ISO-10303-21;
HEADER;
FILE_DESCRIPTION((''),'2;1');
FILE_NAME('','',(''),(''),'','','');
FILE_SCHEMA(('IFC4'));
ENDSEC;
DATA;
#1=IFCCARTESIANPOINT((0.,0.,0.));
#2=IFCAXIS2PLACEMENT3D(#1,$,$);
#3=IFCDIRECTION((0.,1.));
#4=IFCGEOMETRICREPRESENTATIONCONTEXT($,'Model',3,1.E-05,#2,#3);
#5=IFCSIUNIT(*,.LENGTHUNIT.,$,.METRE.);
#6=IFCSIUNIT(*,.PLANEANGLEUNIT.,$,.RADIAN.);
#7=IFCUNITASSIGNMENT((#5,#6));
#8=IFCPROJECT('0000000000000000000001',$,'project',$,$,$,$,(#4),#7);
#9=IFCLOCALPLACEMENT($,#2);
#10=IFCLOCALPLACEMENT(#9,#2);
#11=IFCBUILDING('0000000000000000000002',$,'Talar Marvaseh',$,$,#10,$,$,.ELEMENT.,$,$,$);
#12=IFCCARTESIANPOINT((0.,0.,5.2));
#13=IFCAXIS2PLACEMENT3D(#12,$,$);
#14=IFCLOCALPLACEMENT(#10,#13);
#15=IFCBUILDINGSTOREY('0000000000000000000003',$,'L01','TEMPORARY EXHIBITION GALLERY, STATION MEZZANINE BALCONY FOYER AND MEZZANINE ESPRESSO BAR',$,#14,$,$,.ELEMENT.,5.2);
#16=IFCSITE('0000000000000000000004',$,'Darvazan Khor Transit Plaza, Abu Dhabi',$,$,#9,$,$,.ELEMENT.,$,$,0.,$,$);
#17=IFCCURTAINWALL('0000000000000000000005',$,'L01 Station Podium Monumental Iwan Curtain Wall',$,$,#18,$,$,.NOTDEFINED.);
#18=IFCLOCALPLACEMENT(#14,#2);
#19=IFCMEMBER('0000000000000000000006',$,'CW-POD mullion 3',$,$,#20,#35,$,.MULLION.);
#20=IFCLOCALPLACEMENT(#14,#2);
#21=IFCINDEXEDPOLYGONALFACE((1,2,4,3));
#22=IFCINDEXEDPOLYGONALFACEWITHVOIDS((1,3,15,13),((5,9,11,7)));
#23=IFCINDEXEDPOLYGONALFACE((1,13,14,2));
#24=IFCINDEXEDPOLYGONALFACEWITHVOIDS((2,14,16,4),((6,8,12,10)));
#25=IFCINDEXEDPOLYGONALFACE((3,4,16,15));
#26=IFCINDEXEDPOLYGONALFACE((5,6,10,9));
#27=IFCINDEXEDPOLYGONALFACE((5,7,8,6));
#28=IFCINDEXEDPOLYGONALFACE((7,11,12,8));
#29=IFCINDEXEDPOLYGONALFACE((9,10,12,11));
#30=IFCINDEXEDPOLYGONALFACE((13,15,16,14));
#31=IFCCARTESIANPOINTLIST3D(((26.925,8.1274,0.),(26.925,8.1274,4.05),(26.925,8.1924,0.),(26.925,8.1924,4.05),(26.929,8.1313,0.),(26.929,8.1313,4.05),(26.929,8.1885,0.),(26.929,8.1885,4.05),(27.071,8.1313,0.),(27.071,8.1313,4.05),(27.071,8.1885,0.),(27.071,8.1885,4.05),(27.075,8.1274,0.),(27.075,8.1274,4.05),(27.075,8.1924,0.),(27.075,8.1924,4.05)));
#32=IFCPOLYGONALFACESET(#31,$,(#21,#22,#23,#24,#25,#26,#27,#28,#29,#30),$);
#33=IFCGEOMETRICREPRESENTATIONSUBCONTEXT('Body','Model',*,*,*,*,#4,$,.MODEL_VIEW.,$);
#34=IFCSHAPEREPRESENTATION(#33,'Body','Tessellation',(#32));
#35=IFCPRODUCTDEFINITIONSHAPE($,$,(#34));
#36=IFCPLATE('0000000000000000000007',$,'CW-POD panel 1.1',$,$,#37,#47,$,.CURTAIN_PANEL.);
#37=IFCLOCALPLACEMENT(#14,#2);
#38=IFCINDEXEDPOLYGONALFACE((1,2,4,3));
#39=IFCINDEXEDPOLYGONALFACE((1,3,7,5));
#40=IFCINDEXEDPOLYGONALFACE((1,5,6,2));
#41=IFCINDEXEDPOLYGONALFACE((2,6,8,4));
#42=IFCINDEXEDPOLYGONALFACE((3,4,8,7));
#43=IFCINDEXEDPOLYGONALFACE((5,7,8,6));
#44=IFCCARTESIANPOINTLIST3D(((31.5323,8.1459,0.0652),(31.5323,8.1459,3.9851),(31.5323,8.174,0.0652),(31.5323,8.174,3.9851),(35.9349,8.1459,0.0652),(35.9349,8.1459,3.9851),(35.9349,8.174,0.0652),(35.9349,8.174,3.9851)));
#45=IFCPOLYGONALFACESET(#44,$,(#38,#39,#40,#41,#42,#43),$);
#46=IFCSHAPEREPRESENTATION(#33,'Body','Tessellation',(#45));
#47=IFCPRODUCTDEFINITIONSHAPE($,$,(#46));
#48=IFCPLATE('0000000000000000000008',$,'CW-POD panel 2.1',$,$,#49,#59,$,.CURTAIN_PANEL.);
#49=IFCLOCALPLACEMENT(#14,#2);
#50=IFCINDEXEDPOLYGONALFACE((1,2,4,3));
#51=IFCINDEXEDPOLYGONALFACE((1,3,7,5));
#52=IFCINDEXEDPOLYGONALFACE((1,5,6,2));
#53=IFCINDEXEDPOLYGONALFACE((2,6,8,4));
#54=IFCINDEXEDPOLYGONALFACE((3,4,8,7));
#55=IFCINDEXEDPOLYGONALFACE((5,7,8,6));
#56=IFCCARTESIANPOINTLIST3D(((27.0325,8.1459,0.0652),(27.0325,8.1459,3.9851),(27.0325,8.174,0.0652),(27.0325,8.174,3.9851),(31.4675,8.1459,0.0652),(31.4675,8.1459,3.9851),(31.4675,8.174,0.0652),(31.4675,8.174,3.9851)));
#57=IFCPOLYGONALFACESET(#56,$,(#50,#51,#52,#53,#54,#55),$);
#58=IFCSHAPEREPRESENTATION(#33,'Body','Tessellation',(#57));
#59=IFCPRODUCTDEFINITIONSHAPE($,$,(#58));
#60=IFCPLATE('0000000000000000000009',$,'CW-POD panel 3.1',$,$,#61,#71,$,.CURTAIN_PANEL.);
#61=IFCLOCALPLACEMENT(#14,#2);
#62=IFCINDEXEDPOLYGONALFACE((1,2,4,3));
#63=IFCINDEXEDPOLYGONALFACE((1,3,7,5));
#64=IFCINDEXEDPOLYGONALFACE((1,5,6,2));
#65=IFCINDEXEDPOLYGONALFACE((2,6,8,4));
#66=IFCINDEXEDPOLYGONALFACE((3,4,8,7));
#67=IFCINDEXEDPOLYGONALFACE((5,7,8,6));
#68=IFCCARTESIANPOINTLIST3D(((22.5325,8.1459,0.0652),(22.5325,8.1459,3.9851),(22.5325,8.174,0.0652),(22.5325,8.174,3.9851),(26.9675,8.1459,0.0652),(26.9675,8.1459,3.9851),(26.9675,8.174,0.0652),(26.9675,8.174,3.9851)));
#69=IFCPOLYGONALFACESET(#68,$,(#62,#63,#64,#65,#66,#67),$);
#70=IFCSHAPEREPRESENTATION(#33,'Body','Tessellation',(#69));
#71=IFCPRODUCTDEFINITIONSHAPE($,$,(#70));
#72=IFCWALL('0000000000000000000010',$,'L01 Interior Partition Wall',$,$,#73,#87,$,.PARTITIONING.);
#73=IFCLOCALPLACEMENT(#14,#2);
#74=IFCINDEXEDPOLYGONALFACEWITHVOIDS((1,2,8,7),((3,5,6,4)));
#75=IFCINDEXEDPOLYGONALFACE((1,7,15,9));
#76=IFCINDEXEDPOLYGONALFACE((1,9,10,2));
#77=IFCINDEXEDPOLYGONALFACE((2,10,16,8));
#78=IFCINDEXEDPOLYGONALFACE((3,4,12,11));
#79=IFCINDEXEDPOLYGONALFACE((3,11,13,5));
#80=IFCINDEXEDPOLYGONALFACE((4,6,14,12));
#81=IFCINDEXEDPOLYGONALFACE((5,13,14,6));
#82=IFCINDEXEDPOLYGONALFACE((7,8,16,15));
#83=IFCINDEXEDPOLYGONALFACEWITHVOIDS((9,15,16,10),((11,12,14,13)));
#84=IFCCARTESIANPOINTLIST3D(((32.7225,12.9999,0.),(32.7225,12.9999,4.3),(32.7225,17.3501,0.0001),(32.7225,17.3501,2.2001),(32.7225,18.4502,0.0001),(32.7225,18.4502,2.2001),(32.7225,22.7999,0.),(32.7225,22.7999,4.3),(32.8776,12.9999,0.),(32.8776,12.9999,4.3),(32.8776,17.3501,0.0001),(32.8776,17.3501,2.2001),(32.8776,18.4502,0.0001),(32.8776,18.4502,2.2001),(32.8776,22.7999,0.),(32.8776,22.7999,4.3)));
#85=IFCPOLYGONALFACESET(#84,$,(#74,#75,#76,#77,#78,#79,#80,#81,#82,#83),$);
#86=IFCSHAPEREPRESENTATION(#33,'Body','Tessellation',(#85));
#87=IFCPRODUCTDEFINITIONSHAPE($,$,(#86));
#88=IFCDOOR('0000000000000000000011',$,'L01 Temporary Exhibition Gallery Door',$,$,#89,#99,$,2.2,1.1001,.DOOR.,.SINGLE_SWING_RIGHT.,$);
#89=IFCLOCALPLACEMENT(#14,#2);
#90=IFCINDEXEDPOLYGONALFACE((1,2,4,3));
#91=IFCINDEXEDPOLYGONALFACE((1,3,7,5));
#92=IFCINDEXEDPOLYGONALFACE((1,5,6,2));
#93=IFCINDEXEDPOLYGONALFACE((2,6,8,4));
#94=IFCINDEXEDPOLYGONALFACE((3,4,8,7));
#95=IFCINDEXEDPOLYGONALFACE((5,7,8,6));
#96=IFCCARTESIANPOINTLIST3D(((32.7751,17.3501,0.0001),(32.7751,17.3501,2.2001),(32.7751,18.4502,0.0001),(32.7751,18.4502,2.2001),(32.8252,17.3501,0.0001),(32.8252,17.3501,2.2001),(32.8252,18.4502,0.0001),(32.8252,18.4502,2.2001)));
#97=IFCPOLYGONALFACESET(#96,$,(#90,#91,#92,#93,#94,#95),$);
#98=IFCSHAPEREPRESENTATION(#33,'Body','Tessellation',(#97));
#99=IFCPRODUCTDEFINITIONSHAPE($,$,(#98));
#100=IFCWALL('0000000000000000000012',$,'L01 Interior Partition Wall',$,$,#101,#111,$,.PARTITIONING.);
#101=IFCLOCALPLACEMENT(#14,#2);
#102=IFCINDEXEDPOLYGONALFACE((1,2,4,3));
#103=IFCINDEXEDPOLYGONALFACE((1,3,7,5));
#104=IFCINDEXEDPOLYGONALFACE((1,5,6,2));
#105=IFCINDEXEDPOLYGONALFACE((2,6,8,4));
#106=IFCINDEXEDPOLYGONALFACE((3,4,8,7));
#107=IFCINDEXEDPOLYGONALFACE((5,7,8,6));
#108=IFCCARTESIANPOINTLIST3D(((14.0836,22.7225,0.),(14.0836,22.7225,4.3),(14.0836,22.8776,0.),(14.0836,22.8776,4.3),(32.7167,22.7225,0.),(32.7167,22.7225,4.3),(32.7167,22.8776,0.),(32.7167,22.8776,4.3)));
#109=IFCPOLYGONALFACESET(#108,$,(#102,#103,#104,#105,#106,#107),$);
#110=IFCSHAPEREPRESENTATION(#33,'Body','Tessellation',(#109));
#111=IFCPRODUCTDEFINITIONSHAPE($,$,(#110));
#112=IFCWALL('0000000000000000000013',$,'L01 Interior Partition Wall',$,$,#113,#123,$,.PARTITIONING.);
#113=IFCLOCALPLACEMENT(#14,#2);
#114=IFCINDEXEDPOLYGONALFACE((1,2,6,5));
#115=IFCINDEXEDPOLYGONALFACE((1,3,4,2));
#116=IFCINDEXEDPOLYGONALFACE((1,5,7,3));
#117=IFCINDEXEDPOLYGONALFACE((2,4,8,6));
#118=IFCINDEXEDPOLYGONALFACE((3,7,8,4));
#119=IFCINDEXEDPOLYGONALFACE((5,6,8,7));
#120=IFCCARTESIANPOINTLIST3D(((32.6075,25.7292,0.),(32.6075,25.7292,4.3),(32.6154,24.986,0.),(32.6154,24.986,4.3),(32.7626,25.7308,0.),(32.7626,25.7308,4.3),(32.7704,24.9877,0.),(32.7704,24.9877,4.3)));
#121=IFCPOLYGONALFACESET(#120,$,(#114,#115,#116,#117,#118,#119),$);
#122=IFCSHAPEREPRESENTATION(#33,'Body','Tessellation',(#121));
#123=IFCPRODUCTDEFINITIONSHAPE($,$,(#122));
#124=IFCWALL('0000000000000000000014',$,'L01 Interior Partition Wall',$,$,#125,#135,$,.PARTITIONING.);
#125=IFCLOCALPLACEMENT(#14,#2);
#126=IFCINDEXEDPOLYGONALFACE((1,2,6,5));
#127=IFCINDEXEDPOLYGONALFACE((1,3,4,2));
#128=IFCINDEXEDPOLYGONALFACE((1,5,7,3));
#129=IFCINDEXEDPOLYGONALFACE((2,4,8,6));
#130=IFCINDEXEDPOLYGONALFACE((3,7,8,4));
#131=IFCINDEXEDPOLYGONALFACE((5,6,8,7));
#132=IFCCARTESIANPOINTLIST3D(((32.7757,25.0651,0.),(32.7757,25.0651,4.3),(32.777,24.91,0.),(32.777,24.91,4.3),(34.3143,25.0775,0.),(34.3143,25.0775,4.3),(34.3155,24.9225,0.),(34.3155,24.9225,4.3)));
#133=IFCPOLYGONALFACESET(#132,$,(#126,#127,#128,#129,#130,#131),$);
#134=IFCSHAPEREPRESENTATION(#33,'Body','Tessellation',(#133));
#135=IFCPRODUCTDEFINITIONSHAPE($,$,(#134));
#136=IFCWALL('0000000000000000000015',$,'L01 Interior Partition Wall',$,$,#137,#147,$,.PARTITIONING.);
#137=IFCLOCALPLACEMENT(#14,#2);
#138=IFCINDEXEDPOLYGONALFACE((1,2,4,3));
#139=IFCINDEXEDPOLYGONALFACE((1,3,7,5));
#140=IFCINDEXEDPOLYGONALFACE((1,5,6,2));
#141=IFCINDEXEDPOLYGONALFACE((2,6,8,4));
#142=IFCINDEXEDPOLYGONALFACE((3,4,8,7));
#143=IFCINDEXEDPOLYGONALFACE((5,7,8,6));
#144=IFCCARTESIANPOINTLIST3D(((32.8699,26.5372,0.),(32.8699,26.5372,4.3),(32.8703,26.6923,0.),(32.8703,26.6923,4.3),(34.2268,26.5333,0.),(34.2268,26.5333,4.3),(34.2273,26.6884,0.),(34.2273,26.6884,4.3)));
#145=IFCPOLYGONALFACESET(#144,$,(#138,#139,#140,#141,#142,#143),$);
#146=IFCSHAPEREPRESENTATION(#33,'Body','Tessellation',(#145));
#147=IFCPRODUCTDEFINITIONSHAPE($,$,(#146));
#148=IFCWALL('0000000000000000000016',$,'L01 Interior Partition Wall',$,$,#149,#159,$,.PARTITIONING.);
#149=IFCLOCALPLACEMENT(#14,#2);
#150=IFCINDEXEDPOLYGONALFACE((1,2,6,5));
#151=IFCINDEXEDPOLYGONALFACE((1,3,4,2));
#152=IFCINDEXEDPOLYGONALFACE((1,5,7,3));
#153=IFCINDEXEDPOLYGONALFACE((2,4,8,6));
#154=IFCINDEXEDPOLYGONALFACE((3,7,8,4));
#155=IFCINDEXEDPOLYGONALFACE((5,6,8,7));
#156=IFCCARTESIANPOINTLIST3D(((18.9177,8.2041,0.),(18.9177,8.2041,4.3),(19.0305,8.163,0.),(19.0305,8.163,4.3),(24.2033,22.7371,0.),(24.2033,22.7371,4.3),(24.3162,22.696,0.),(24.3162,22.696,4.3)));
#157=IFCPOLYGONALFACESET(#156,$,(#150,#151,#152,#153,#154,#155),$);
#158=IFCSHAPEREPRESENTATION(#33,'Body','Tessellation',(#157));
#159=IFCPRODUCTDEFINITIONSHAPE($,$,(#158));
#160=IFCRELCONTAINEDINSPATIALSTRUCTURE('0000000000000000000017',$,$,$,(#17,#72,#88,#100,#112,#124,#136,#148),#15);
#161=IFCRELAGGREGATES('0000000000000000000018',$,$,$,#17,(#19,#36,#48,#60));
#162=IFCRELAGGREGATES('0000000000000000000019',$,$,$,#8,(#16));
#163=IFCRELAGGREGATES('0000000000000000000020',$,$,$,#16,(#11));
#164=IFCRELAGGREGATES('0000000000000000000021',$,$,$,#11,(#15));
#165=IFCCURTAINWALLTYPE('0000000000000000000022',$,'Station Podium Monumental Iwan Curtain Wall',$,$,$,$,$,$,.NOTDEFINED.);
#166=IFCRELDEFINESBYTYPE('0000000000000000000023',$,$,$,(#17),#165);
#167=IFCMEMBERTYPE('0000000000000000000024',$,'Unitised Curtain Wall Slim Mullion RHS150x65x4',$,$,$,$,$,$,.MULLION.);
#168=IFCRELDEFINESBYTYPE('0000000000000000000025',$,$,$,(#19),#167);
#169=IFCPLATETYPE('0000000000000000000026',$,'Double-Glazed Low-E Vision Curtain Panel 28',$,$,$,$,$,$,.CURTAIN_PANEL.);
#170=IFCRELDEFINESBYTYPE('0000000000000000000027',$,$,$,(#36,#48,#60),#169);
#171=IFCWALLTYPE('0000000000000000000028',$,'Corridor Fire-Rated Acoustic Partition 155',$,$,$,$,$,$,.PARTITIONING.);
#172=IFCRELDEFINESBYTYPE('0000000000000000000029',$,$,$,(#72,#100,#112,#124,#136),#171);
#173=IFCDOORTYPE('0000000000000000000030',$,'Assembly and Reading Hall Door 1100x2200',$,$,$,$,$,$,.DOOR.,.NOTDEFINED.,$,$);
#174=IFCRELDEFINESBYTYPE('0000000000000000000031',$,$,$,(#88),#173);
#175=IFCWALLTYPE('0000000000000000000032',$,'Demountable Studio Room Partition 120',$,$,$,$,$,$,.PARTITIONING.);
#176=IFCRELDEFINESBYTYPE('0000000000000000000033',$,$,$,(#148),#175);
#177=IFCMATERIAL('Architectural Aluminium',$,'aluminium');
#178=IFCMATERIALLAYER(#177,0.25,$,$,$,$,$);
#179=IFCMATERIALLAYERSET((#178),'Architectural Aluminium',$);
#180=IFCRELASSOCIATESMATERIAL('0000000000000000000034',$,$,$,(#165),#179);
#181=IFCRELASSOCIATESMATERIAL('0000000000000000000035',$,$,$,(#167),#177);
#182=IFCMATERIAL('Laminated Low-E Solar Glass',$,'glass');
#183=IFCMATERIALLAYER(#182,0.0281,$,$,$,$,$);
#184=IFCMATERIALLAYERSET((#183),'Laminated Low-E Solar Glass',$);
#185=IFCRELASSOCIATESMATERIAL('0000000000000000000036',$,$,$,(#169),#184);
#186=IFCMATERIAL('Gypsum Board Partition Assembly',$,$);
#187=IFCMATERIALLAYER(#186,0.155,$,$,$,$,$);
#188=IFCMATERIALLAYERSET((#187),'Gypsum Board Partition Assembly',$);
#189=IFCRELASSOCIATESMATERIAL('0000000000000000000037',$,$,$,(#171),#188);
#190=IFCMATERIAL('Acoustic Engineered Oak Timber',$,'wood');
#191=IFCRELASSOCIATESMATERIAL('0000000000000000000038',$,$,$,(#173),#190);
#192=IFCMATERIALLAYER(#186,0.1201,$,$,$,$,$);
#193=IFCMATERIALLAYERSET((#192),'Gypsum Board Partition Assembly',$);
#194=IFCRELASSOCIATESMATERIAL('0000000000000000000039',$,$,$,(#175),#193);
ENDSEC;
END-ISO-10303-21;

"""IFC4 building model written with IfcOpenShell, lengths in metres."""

from ifc_helpers import new_model, si_unit, direction, frame, frame_2d, origin, origin_2d, place, context, subcontext, project, spatial, rectangle, hollow_rectangle, extrude, source, transform, mapped, material, layer, layer_set, material_profile, profile_set, type_object, type_shapes, element, fill, aggregate, save


model = new_model("IFC4")

# Units and contexts
model_context = context("Model", 3, precision=1e-05, world=origin(), true_north=direction((0.0, 1.0)))
body_context = subcontext(model_context, "Body", "Model", "MODEL_VIEW")
ifc_project = project(units=[si_unit("LENGTHUNIT", "METRE"), si_unit("PLANEANGLEUNIT", "RADIAN")], contexts=[model_context])

# Site, building, storey
site_placement = place(None, origin())
site = spatial("IfcSite", under=ifc_project, at=site_placement, Name="Darvazan Khor Transit Plaza, Abu Dhabi", CompositionType="ELEMENT", RefElevation=0.0)
building_placement = place(site_placement, origin())
building = spatial("IfcBuilding", under=site, at=building_placement, Name="Talar Marvaseh", CompositionType="ELEMENT")
storey_placement = place(building_placement, frame((0.0, 0.0, 5.2)))
storey = spatial("IfcBuildingStorey", under=building, at=storey_placement, Name="L01", Description="TEMPORARY EXHIBITION GALLERY, STATION MEZZANINE BALCONY FOYER AND MEZZANINE ESPRESSO BAR", CompositionType="ELEMENT", Elevation=5.2)

# Curtain wall, member, plates
ifc_material_1 = material(Name="Architectural Aluminium", Category="aluminium")
ifc_layer_1 = layer(ifc_material_1, 0.25)
ifc_layer_set_1 = layer_set([ifc_layer_1], Name="Architectural Aluminium")
curtain_wall_type = type_object("IfcCurtainWallType", Name="Station Podium Monumental Iwan Curtain Wall", PredefinedType="NOTDEFINED", material=ifc_layer_set_1)
curtain_wall_placement = place(storey_placement, origin())
curtain_wall = element("IfcCurtainWall", 1, at=curtain_wall_placement, inside=storey, type_object=curtain_wall_type, Name="L01 Station Podium Monumental Iwan Curtain Wall", PredefinedType="NOTDEFINED")
ifc_material_profile_1 = material_profile(ifc_material_1, hollow_rectangle(XDim=0.0649, YDim=0.1499, WallThickness=0.0039, at=origin_2d()), Name="RHS150x65x4")
ifc_profile_set_1 = profile_set([ifc_material_profile_1], Name="Architectural Aluminium")
member_type_1 = type_object("IfcMemberType", Name="Unitised Curtain Wall Slim Mullion RHS150x65x4", PredefinedType="MULLION", material=ifc_profile_set_1)
shared_shape_1 = source(origin(), body_context, "Body", "SweptSolid", [
    extrude(hollow_rectangle(XDim=0.0649, YDim=0.1499, WallThickness=0.0039, at=origin_2d()), origin(), (0.0, 0.0, 1.0), 4.05),
])
type_shapes(member_type_1, [shared_shape_1])
member_1_placement = place(storey_placement, frame((27.0, 8.1599, 0.0), z_axis=(0.0, 0.0, 1.0), x_axis=(0.0, -1.0, 0.0)))
member_1 = element("IfcMember", 2, at=member_1_placement, type_object=member_type_1, Name="CW-POD mullion 3", PredefinedType="MULLION", context=body_context, shape_type="MappedRepresentation", body=[
    mapped(shared_shape_1, transform((0.0, 0.0, 0.0), x_axis=(1.0, 0.0, 0.0), y_axis=(0.0, 1.0, 0.0), z_axis=(0.0, 0.0, 1.0), scale=1.0)),
])
ifc_material_2 = material(Name="Laminated Low-E Solar Glass", Category="glass")
ifc_layer_2 = layer(ifc_material_2, 0.0281)
ifc_layer_set_2 = layer_set([ifc_layer_2], Name="Laminated Low-E Solar Glass")
plate_type = type_object("IfcPlateType", Name="Double-Glazed Low-E Vision Curtain Panel 28", PredefinedType="CURTAIN_PANEL", material=ifc_layer_set_2)
shared_shape_2 = source(origin(), body_context, "Body", "SweptSolid", [
    extrude(rectangle(XDim=4.4026, YDim=0.0281, at=origin_2d()), origin(), (0.0, 0.0, 1.0), 3.9199),
])
plate_1_placement = place(storey_placement, frame((33.7336, 8.1599, 0.0652), z_axis=(0.0, 0.0, 1.0), x_axis=(-1.0, 0.0, 0.0)))
plate_1 = element("IfcPlate", 3, at=plate_1_placement, type_object=plate_type, Name="CW-POD panel 1.1", PredefinedType="CURTAIN_PANEL", context=body_context, shape_type="MappedRepresentation", body=[
    mapped(shared_shape_2, transform((0.0, 0.0, 0.0), x_axis=(1.0, 0.0, 0.0), y_axis=(0.0, 1.0, 0.0), z_axis=(0.0, 0.0, 1.0), scale=1.0)),
])
shared_shape_3 = source(origin(), body_context, "Body", "SweptSolid", [
    extrude(rectangle(XDim=4.4351, YDim=0.0281, at=origin_2d()), origin(), (0.0, 0.0, 1.0), 3.9199),
])
type_shapes(plate_type, [shared_shape_2, shared_shape_3])
plate_2_placement = place(storey_placement, frame((29.25, 8.1599, 0.0652), z_axis=(0.0, 0.0, 1.0), x_axis=(-1.0, 0.0, 0.0)))
plate_2 = element("IfcPlate", 4, at=plate_2_placement, type_object=plate_type, Name="CW-POD panel 2.1", PredefinedType="CURTAIN_PANEL", context=body_context, shape_type="MappedRepresentation", body=[
    mapped(shared_shape_3, transform((0.0, 0.0, 0.0), x_axis=(1.0, 0.0, 0.0), y_axis=(0.0, 1.0, 0.0), z_axis=(0.0, 0.0, 1.0), scale=1.0)),
])
plate_3_placement = place(storey_placement, frame((24.75, 8.1599, 0.0652), z_axis=(0.0, 0.0, 1.0), x_axis=(-1.0, 0.0, 0.0)))
plate_3 = element("IfcPlate", 5, at=plate_3_placement, type_object=plate_type, Name="CW-POD panel 3.1", PredefinedType="CURTAIN_PANEL", context=body_context, shape_type="MappedRepresentation", body=[
    mapped(shared_shape_3, transform((0.0, 0.0, 0.0), x_axis=(1.0, 0.0, 0.0), y_axis=(0.0, 1.0, 0.0), z_axis=(0.0, 0.0, 1.0), scale=1.0)),
])
aggregate(curtain_wall, [member_1, plate_1, plate_2, plate_3])

# Wall, opening, door
ifc_material_3 = material(Name="Gypsum Board Partition Assembly")
ifc_layer_3 = layer(ifc_material_3, 0.155)
ifc_layer_set_3 = layer_set([ifc_layer_3], Name="Gypsum Board Partition Assembly")
wall_type_1 = type_object("IfcWallType", Name="Corridor Fire-Rated Acoustic Partition 155", PredefinedType="PARTITIONING", material=ifc_layer_set_3)
wall_1_placement = place(storey_placement, frame((32.8, 13.0, 0.0), z_axis=(0.0, 0.0, 1.0), x_axis=(0.0, 1.0, 0.0)))
wall_1 = element("IfcWall", 6, at=wall_1_placement, inside=storey, type_object=wall_type_1, Name="L01 Interior Partition Wall", PredefinedType="PARTITIONING", context=body_context, shape_type="SweptSolid", body=[
    extrude(rectangle(XDim=9.8, YDim=0.155, at=frame_2d((4.8999, 0.0))), origin(), (0.0, 0.0, 1.0), 4.3),
])
opening_1_placement = place(wall_1_placement, frame((4.3501, 0.0, 0.0)))
opening_1 = element("IfcOpeningElement", 7, at=opening_1_placement, cuts=wall_1, PredefinedType="OPENING", context=body_context, shape_type="SweptSolid", body=[
    extrude(rectangle(XDim=1.1001, YDim=2.2, at=frame_2d((0.55, 1.1001))), frame((0.0, 0.0874, 0.0), z_axis=(0.0, -1.0, 0.0), x_axis=(1.0, 0.0, 0.0)), (0.0, 0.0, 1.0), 0.175),
])
ifc_material_4 = material(Name="Acoustic Engineered Oak Timber", Category="wood")
door_type_1 = type_object("IfcDoorType", Name="Assembly and Reading Hall Door 1100x2200", OperationType="NOTDEFINED", PredefinedType="DOOR", material=ifc_material_4)
shared_shape_4 = source(origin(), body_context, "Body", "SweptSolid", [
    extrude(rectangle(XDim=1.1001, YDim=2.2, at=frame_2d((0.55, 1.1001))), frame((0.0, 0.0249, 0.0), z_axis=(0.0, -1.0, 0.0), x_axis=(1.0, 0.0, 0.0)), (0.0, 0.0, 1.0), 0.05),
])
type_shapes(door_type_1, [shared_shape_4])
door_1_placement = place(opening_1_placement, origin())
door_1 = element("IfcDoor", 8, at=door_1_placement, inside=storey, type_object=door_type_1, Name="L01 Temporary Exhibition Gallery Door", OperationType="SINGLE_SWING_RIGHT", OverallHeight=2.2, OverallWidth=1.1001, PredefinedType="DOOR", context=body_context, shape_type="MappedRepresentation", body=[
    mapped(shared_shape_4, transform((0.0, 0.0, 0.0), x_axis=(1.0, 0.0, 0.0), y_axis=(0.0, 1.0, 0.0), z_axis=(0.0, 0.0, 1.0), scale=1.0)),
])
fill(opening_1, door_1)

# Walls
wall_2_placement = place(storey_placement, frame((32.7166, 22.8, 0.0), z_axis=(0.0, 0.0, 1.0), x_axis=(-1.0, 0.0, 0.0)))
element("IfcWall", 9, at=wall_2_placement, inside=storey, type_object=wall_type_1, Name="L01 Interior Partition Wall", PredefinedType="PARTITIONING", context=body_context, shape_type="SweptSolid", body=[
    extrude(rectangle(XDim=18.6331, YDim=0.155, at=frame_2d((9.3164, 0.0))), origin(), (0.0, 0.0, 1.0), 4.3),
])
wall_3_placement = place(storey_placement, frame((32.6851, 25.73, 0.0), z_axis=(0.0, 0.0, 1.0), x_axis=(0.010512, -0.999945, 0.0)))
element("IfcWall", 10, at=wall_3_placement, inside=storey, type_object=wall_type_1, Name="L01 Interior Partition Wall", PredefinedType="PARTITIONING", context=body_context, shape_type="SweptSolid", body=[
    extrude(rectangle(XDim=0.7432, YDim=0.155, at=frame_2d((0.3716, 0.0))), origin(), (0.0, 0.0, 1.0), 4.3),
])
wall_4_placement = place(storey_placement, frame((32.7764, 24.9875, 0.0), z_axis=(0.0, 0.0, 1.0), x_axis=(0.999967, 0.008092, 0.0)))
element("IfcWall", 11, at=wall_4_placement, inside=storey, type_object=wall_type_1, Name="L01 Interior Partition Wall", PredefinedType="PARTITIONING", context=body_context, shape_type="SweptSolid", body=[
    extrude(rectangle(XDim=1.5386, YDim=0.155, at=frame_2d((0.7693, 0.0))), origin(), (0.0, 0.0, 1.0), 4.3),
])
wall_5_placement = place(storey_placement, frame((34.2271, 26.6108, 0.0), z_axis=(0.0, 0.0, 1.0), x_axis=(-0.999996, 0.002879, 0.0)))
element("IfcWall", 12, at=wall_5_placement, inside=storey, type_object=wall_type_1, Name="L01 Interior Partition Wall", PredefinedType="PARTITIONING", context=body_context, shape_type="SweptSolid", body=[
    extrude(rectangle(XDim=1.3569, YDim=0.155, at=frame_2d((0.6785, 0.0))), origin(), (0.0, 0.0, 1.0), 4.3),
])
ifc_layer_4 = layer(ifc_material_3, 0.1201)
ifc_layer_set_4 = layer_set([ifc_layer_4], Name="Gypsum Board Partition Assembly")
wall_type_2 = type_object("IfcWallType", Name="Demountable Studio Room Partition 120", PredefinedType="PARTITIONING", material=ifc_layer_set_4)
wall_6_placement = place(storey_placement, frame((24.2598, 22.7166, 0.0), z_axis=(0.0, 0.0, 1.0), x_axis=(-0.341796, -0.939774, 0.0)))
element("IfcWall", 13, at=wall_6_placement, inside=storey, type_object=wall_type_2, Name="L01 Interior Partition Wall", PredefinedType="PARTITIONING", context=body_context, shape_type="SweptSolid", body=[
    extrude(rectangle(XDim=15.4644, YDim=0.1201, at=frame_2d((7.7322, 0.0))), origin(), (0.0, 0.0, 1.0), 4.3),
])

save(model, "model.ifc")
